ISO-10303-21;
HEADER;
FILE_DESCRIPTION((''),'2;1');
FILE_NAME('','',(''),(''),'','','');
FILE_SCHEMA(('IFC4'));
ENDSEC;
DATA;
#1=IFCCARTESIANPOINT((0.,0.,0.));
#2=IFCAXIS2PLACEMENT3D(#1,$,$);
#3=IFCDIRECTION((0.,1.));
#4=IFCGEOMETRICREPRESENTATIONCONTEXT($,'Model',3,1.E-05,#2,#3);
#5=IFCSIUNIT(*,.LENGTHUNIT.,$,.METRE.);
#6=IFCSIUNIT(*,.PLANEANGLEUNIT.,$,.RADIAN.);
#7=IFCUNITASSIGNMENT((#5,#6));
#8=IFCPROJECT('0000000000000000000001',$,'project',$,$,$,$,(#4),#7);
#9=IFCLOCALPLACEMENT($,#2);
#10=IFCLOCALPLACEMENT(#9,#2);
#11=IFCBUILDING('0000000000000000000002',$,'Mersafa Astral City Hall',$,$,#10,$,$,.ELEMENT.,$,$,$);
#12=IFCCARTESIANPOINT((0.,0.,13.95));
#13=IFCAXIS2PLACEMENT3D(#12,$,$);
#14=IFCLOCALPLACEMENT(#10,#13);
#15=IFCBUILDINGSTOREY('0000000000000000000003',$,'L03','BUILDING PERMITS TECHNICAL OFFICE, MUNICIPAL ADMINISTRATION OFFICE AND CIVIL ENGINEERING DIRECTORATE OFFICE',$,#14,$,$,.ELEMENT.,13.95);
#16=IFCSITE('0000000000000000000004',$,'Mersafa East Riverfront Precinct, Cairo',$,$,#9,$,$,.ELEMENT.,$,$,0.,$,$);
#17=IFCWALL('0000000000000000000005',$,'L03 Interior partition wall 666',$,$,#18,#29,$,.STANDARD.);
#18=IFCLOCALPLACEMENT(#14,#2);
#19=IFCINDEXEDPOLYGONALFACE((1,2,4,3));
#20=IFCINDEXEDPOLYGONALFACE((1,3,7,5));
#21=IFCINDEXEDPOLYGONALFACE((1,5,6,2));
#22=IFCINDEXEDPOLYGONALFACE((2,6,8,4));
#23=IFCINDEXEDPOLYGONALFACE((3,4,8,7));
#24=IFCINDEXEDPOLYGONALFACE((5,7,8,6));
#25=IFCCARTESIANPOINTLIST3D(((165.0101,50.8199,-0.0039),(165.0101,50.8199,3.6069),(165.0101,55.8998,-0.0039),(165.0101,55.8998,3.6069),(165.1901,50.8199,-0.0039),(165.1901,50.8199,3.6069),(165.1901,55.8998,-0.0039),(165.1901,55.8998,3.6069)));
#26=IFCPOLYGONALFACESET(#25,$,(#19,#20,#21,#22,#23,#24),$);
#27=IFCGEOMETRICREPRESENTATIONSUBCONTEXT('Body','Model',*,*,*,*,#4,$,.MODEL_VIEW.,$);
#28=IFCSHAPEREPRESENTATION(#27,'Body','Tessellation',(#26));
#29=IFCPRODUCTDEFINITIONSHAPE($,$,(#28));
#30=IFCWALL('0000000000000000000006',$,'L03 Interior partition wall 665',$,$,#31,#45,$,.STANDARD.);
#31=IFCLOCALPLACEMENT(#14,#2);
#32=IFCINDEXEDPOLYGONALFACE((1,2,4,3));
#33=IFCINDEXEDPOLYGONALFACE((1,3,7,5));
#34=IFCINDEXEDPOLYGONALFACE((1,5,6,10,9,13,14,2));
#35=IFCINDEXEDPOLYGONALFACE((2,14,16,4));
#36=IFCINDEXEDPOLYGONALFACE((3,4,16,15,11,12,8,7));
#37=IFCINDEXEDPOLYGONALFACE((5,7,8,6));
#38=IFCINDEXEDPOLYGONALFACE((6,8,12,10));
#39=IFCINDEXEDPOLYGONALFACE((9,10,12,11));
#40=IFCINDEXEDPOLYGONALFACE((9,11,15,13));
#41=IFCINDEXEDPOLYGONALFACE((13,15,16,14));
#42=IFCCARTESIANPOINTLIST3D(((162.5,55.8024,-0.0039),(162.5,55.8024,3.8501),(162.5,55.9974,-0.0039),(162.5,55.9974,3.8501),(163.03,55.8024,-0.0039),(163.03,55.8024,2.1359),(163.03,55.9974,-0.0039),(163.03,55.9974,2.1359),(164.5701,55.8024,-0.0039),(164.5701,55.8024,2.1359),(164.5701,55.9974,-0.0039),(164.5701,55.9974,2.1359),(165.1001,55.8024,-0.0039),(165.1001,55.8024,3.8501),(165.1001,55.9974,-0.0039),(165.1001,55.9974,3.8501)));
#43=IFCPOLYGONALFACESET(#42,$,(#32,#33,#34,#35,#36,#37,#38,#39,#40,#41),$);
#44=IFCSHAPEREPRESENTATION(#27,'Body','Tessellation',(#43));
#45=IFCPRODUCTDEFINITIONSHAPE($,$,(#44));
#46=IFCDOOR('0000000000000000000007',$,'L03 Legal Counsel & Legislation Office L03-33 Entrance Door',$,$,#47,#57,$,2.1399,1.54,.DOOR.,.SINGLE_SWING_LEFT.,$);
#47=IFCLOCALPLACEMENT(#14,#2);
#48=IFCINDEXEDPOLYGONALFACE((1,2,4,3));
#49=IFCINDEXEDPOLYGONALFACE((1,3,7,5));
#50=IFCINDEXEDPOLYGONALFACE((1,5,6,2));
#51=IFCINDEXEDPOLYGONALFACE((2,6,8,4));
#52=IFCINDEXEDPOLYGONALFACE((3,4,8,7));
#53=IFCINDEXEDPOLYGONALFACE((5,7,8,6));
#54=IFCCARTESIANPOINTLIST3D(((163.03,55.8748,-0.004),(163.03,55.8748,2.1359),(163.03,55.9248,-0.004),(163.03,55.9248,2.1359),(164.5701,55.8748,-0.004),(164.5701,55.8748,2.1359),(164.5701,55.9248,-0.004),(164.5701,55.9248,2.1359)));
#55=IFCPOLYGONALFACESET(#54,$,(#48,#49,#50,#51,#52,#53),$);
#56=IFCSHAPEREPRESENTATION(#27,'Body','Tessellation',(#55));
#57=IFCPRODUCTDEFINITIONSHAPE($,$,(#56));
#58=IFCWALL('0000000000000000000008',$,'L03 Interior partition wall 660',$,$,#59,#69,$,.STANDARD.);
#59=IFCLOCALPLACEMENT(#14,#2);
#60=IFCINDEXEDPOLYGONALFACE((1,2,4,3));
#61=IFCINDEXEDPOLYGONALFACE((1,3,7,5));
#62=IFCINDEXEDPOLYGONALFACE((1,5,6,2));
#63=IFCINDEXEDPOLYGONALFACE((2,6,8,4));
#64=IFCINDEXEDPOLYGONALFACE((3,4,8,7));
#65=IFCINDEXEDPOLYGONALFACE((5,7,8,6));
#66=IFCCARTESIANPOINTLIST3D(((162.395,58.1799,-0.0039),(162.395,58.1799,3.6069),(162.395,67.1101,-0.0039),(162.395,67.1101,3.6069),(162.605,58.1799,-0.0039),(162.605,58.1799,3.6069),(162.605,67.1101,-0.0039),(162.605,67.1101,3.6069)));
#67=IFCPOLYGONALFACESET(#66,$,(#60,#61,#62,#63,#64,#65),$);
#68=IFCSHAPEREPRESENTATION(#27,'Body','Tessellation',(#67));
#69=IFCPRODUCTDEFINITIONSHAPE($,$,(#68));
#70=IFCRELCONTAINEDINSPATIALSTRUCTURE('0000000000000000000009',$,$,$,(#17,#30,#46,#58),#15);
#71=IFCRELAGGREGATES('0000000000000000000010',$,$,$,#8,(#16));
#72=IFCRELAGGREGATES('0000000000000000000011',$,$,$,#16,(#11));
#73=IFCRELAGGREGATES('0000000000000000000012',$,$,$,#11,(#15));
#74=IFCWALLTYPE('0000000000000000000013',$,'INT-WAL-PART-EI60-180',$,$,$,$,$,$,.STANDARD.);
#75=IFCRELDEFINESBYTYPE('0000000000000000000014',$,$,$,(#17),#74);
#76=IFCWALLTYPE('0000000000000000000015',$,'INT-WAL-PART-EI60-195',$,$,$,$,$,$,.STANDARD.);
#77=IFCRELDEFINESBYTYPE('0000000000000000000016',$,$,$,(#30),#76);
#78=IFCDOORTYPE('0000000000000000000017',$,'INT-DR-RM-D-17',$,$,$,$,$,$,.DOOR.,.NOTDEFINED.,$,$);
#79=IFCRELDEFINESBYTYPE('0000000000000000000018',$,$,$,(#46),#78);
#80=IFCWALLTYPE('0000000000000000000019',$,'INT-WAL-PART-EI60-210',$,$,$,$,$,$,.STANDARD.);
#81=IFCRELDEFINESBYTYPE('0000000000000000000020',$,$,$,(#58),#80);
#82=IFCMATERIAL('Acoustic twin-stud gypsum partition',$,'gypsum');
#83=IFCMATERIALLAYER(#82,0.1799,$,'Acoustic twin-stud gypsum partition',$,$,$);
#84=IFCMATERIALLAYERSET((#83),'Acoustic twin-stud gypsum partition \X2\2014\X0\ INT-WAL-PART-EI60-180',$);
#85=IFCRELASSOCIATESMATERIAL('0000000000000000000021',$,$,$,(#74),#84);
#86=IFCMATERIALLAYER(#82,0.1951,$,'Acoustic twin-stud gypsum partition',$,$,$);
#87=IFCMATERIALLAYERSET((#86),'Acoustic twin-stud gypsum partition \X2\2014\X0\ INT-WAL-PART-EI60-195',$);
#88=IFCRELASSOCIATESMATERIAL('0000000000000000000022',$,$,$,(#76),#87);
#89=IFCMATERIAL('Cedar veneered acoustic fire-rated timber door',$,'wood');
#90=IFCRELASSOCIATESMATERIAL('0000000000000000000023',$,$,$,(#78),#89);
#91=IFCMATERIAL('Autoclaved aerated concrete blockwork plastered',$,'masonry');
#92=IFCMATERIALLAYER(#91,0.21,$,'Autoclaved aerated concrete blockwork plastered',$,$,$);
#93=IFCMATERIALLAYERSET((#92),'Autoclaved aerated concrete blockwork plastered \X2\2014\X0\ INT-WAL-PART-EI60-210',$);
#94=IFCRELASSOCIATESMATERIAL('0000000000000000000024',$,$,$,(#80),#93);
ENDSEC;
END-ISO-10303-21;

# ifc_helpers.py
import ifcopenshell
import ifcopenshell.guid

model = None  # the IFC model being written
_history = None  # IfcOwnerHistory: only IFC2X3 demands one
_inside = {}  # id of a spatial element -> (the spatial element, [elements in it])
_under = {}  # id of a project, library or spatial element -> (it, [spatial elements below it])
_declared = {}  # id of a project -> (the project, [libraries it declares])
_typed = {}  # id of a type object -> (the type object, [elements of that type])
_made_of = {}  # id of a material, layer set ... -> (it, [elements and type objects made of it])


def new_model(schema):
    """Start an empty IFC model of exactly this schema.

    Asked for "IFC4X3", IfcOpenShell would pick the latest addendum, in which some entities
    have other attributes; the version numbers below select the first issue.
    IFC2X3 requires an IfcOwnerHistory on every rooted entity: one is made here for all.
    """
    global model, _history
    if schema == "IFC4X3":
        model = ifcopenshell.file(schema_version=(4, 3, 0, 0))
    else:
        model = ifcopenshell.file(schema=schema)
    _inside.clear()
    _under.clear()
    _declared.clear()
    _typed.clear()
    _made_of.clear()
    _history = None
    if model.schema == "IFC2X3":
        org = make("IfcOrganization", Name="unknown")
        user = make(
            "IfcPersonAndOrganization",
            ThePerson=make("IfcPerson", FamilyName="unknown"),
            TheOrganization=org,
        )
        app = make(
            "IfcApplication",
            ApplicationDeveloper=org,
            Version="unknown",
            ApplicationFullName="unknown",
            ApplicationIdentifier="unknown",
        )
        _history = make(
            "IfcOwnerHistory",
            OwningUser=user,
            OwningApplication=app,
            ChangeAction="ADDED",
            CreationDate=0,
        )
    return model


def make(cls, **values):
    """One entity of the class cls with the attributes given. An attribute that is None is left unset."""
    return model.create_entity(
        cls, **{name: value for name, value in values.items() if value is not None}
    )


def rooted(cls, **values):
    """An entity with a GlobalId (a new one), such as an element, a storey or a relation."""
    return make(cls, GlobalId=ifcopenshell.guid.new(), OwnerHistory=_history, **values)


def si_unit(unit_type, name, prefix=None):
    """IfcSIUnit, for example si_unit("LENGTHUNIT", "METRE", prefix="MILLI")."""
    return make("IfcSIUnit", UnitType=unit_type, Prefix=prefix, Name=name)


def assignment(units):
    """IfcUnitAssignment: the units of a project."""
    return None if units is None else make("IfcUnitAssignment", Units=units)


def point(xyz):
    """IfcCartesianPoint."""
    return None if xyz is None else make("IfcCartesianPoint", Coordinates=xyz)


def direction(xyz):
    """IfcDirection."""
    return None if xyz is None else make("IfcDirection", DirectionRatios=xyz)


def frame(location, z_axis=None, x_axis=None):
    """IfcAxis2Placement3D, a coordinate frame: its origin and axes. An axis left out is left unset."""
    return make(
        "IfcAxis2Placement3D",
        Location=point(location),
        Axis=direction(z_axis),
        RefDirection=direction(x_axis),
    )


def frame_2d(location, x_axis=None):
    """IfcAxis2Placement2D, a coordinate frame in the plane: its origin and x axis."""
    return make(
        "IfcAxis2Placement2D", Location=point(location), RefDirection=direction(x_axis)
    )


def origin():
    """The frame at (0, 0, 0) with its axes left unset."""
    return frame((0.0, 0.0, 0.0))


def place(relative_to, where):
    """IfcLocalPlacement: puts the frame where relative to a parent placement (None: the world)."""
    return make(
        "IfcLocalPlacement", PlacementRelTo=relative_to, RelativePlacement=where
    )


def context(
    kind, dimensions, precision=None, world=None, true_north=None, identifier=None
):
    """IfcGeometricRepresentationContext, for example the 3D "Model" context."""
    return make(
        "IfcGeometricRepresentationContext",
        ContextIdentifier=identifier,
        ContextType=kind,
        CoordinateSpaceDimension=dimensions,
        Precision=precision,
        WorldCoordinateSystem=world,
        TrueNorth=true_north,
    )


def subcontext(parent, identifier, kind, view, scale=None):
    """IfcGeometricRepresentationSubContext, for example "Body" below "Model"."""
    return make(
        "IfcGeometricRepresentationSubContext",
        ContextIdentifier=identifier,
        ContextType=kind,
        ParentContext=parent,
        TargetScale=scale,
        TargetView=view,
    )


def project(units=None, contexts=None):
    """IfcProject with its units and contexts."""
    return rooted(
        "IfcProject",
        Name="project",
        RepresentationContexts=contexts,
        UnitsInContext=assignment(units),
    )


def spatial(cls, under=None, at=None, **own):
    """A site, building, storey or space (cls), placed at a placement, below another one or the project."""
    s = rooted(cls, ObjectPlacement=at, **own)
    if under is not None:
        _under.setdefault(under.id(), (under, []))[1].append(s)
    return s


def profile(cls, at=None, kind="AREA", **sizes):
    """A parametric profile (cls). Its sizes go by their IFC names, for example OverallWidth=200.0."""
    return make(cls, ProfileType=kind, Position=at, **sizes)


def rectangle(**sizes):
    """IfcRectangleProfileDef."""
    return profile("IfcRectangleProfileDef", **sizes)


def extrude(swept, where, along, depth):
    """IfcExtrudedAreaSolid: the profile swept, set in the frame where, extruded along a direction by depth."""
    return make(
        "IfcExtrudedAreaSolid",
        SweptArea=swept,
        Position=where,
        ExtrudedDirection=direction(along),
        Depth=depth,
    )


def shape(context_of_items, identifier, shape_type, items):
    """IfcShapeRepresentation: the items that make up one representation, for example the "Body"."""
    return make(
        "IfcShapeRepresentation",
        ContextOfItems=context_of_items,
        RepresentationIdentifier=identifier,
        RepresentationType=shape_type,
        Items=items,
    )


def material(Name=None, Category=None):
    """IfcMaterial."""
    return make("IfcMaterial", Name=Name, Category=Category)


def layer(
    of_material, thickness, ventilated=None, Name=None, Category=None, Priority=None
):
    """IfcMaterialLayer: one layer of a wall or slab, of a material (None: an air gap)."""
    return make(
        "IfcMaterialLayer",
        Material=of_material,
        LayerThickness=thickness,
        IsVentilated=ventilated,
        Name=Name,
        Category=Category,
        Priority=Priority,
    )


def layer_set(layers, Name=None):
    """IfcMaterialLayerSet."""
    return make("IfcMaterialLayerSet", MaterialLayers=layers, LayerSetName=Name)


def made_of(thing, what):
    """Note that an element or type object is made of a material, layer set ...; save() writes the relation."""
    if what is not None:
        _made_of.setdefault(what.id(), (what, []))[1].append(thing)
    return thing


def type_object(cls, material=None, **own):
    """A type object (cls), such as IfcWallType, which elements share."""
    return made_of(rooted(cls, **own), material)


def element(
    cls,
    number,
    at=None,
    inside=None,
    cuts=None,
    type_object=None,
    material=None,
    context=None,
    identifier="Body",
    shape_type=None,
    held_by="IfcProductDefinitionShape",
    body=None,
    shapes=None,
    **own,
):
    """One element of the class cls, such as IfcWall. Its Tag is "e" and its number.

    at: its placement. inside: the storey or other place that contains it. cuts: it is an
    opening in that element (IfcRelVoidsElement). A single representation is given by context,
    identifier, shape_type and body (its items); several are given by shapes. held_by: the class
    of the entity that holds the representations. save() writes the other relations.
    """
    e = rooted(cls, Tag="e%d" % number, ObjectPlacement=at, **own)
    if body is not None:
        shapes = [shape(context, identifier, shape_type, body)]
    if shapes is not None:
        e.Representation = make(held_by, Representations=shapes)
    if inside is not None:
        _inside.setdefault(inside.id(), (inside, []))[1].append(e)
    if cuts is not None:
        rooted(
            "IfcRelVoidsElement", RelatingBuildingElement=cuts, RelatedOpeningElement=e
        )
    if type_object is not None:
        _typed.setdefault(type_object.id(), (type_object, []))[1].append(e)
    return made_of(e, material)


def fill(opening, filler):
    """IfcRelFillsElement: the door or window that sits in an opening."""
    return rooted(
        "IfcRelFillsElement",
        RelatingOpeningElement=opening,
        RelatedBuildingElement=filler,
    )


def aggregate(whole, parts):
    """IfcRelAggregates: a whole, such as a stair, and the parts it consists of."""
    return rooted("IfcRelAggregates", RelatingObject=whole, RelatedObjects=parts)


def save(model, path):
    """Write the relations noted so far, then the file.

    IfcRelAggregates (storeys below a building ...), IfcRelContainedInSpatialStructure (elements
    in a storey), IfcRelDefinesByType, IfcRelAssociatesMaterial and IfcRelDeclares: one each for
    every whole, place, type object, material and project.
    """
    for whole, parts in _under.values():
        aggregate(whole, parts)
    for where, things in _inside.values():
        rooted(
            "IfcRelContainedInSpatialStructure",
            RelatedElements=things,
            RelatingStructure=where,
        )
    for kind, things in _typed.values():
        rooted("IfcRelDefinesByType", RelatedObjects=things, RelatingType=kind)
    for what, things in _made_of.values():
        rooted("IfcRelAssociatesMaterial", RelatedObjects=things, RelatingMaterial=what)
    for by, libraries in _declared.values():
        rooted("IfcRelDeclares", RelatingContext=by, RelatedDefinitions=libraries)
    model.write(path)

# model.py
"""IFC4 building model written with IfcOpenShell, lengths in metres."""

from ifc_helpers import new_model, si_unit, direction, frame, frame_2d, origin, place, context, subcontext, project, spatial, rectangle, extrude, material, layer, layer_set, type_object, element, fill, save


model = new_model("IFC4")

# Units and contexts
model_context = context("Model", 3, precision=1e-05, world=origin(), true_north=direction((0.0, 1.0)))
body_context = subcontext(model_context, "Body", "Model", "MODEL_VIEW")
ifc_project = project(units=[si_unit("LENGTHUNIT", "METRE"), si_unit("PLANEANGLEUNIT", "RADIAN")], contexts=[model_context])

# Site, building, storey
site_placement = place(None, origin())
site = spatial("IfcSite", under=ifc_project, at=site_placement, Name="Mersafa East Riverfront Precinct, Cairo", CompositionType="ELEMENT", RefElevation=0.0)
building_placement = place(site_placement, origin())
building = spatial("IfcBuilding", under=site, at=building_placement, Name="Mersafa Astral City Hall", CompositionType="ELEMENT")
storey_placement = place(building_placement, frame((0.0, 0.0, 13.95)))
storey = spatial("IfcBuildingStorey", under=building, at=storey_placement, Name="L03", Description="BUILDING PERMITS TECHNICAL OFFICE, MUNICIPAL ADMINISTRATION OFFICE AND CIVIL ENGINEERING DIRECTORATE OFFICE", CompositionType="ELEMENT", Elevation=13.95)

# Shared definitions
ifc_material_1 = material(Name="Acoustic twin-stud gypsum partition", Category="gypsum")
ifc_layer_1 = layer(ifc_material_1, 0.1799, Name="Acoustic twin-stud gypsum partition")
ifc_layer_set_1 = layer_set([ifc_layer_1], Name="Acoustic twin-stud gypsum partition — INT-WAL-PART-EI60-180")
wall_type_1 = type_object("IfcWallType", Name="INT-WAL-PART-EI60-180", PredefinedType="STANDARD", material=ifc_layer_set_1)
ifc_material_2 = material(Name="Cedar veneered acoustic fire-rated timber door", Category="wood")

# Wall
wall_1_placement = place(storey_placement, frame((165.1001, 55.8999, -0.0039), z_axis=(0.0, 0.0, 1.0), x_axis=(0.0, -1.0, 0.0)))
element("IfcWall", 1, at=wall_1_placement, inside=storey, type_object=wall_type_1, Name="L03 Interior partition wall 666", PredefinedType="STANDARD", context=body_context, shape_type="SweptSolid", body=[
    extrude(rectangle(XDim=5.0798, YDim=0.1799, at=frame_2d((2.54, 0.0))), origin(), (0.0, 0.0, 1.0), 3.6108),
])

# Wall, opening, door
ifc_layer_2 = layer(ifc_material_1, 0.1951, Name="Acoustic twin-stud gypsum partition")
ifc_layer_set_2 = layer_set([ifc_layer_2], Name="Acoustic twin-stud gypsum partition — INT-WAL-PART-EI60-195")
wall_type_2 = type_object("IfcWallType", Name="INT-WAL-PART-EI60-195", PredefinedType="STANDARD", material=ifc_layer_set_2)
wall_2_placement = place(storey_placement, frame((162.5, 55.8999, -0.0039), z_axis=(0.0, 0.0, 1.0), x_axis=(1.0, 0.0, 0.0)))
wall_2 = element("IfcWall", 2, at=wall_2_placement, inside=storey, type_object=wall_type_2, Name="L03 Interior partition wall 665", PredefinedType="STANDARD", context=body_context, shape_type="SweptSolid", body=[
    extrude(rectangle(XDim=2.6001, YDim=0.1951, at=frame_2d((1.3, 0.0))), origin(), (0.0, 0.0, 1.0), 3.854),
])
opening_1_placement = place(wall_2_placement, frame((0.53, 0.0, 0.0)))
opening_1 = element("IfcOpeningElement", 3, at=opening_1_placement, cuts=wall_2, PredefinedType="OPENING", context=body_context, shape_type="SweptSolid", body=[
    extrude(rectangle(XDim=1.54, YDim=2.1399, at=frame_2d((0.77, 1.0698))), frame((0.0, 0.1074, 0.0), z_axis=(0.0, -1.0, 0.0), x_axis=(1.0, 0.0, 0.0)), (0.0, 0.0, 1.0), 0.2151),
])
door_type_1 = type_object("IfcDoorType", Name="INT-DR-RM-D-17", OperationType="NOTDEFINED", PredefinedType="DOOR", material=ifc_material_2)
door_1_placement = place(opening_1_placement, origin())
door_1 = element("IfcDoor", 4, at=door_1_placement, inside=storey, type_object=door_type_1, Name="L03 Legal Counsel & Legislation Office L03-33 Entrance Door", OperationType="SINGLE_SWING_LEFT", OverallHeight=2.1399, OverallWidth=1.54, PredefinedType="DOOR", context=body_context, shape_type="SweptSolid", body=[
    extrude(rectangle(XDim=1.54, YDim=2.1399, at=frame_2d((0.77, 1.0698))), frame((0.0, 0.0249, 0.0), z_axis=(0.0, -1.0, 0.0), x_axis=(1.0, 0.0, 0.0)), (0.0, 0.0, 1.0), 0.05),
])
fill(opening_1, door_1)

# Wall
ifc_material_3 = material(Name="Autoclaved aerated concrete blockwork plastered", Category="masonry")
ifc_layer_3 = layer(ifc_material_3, 0.21, Name="Autoclaved aerated concrete blockwork plastered")
ifc_layer_set_3 = layer_set([ifc_layer_3], Name="Autoclaved aerated concrete blockwork plastered — INT-WAL-PART-EI60-210")
wall_type_3 = type_object("IfcWallType", Name="INT-WAL-PART-EI60-210", PredefinedType="STANDARD", material=ifc_layer_set_3)
wall_3_placement = place(storey_placement, frame((162.5, 58.1799, -0.0039), z_axis=(0.0, 0.0, 1.0), x_axis=(0.0, 1.0, 0.0)))
element("IfcWall", 5, at=wall_3_placement, inside=storey, type_object=wall_type_3, Name="L03 Interior partition wall 660", PredefinedType="STANDARD", context=body_context, shape_type="SweptSolid", body=[
    extrude(rectangle(XDim=8.9302, YDim=0.21, at=frame_2d((4.4651, 0.0))), origin(), (0.0, 0.0, 1.0), 3.6108),
])

save(model, "model.ifc")
